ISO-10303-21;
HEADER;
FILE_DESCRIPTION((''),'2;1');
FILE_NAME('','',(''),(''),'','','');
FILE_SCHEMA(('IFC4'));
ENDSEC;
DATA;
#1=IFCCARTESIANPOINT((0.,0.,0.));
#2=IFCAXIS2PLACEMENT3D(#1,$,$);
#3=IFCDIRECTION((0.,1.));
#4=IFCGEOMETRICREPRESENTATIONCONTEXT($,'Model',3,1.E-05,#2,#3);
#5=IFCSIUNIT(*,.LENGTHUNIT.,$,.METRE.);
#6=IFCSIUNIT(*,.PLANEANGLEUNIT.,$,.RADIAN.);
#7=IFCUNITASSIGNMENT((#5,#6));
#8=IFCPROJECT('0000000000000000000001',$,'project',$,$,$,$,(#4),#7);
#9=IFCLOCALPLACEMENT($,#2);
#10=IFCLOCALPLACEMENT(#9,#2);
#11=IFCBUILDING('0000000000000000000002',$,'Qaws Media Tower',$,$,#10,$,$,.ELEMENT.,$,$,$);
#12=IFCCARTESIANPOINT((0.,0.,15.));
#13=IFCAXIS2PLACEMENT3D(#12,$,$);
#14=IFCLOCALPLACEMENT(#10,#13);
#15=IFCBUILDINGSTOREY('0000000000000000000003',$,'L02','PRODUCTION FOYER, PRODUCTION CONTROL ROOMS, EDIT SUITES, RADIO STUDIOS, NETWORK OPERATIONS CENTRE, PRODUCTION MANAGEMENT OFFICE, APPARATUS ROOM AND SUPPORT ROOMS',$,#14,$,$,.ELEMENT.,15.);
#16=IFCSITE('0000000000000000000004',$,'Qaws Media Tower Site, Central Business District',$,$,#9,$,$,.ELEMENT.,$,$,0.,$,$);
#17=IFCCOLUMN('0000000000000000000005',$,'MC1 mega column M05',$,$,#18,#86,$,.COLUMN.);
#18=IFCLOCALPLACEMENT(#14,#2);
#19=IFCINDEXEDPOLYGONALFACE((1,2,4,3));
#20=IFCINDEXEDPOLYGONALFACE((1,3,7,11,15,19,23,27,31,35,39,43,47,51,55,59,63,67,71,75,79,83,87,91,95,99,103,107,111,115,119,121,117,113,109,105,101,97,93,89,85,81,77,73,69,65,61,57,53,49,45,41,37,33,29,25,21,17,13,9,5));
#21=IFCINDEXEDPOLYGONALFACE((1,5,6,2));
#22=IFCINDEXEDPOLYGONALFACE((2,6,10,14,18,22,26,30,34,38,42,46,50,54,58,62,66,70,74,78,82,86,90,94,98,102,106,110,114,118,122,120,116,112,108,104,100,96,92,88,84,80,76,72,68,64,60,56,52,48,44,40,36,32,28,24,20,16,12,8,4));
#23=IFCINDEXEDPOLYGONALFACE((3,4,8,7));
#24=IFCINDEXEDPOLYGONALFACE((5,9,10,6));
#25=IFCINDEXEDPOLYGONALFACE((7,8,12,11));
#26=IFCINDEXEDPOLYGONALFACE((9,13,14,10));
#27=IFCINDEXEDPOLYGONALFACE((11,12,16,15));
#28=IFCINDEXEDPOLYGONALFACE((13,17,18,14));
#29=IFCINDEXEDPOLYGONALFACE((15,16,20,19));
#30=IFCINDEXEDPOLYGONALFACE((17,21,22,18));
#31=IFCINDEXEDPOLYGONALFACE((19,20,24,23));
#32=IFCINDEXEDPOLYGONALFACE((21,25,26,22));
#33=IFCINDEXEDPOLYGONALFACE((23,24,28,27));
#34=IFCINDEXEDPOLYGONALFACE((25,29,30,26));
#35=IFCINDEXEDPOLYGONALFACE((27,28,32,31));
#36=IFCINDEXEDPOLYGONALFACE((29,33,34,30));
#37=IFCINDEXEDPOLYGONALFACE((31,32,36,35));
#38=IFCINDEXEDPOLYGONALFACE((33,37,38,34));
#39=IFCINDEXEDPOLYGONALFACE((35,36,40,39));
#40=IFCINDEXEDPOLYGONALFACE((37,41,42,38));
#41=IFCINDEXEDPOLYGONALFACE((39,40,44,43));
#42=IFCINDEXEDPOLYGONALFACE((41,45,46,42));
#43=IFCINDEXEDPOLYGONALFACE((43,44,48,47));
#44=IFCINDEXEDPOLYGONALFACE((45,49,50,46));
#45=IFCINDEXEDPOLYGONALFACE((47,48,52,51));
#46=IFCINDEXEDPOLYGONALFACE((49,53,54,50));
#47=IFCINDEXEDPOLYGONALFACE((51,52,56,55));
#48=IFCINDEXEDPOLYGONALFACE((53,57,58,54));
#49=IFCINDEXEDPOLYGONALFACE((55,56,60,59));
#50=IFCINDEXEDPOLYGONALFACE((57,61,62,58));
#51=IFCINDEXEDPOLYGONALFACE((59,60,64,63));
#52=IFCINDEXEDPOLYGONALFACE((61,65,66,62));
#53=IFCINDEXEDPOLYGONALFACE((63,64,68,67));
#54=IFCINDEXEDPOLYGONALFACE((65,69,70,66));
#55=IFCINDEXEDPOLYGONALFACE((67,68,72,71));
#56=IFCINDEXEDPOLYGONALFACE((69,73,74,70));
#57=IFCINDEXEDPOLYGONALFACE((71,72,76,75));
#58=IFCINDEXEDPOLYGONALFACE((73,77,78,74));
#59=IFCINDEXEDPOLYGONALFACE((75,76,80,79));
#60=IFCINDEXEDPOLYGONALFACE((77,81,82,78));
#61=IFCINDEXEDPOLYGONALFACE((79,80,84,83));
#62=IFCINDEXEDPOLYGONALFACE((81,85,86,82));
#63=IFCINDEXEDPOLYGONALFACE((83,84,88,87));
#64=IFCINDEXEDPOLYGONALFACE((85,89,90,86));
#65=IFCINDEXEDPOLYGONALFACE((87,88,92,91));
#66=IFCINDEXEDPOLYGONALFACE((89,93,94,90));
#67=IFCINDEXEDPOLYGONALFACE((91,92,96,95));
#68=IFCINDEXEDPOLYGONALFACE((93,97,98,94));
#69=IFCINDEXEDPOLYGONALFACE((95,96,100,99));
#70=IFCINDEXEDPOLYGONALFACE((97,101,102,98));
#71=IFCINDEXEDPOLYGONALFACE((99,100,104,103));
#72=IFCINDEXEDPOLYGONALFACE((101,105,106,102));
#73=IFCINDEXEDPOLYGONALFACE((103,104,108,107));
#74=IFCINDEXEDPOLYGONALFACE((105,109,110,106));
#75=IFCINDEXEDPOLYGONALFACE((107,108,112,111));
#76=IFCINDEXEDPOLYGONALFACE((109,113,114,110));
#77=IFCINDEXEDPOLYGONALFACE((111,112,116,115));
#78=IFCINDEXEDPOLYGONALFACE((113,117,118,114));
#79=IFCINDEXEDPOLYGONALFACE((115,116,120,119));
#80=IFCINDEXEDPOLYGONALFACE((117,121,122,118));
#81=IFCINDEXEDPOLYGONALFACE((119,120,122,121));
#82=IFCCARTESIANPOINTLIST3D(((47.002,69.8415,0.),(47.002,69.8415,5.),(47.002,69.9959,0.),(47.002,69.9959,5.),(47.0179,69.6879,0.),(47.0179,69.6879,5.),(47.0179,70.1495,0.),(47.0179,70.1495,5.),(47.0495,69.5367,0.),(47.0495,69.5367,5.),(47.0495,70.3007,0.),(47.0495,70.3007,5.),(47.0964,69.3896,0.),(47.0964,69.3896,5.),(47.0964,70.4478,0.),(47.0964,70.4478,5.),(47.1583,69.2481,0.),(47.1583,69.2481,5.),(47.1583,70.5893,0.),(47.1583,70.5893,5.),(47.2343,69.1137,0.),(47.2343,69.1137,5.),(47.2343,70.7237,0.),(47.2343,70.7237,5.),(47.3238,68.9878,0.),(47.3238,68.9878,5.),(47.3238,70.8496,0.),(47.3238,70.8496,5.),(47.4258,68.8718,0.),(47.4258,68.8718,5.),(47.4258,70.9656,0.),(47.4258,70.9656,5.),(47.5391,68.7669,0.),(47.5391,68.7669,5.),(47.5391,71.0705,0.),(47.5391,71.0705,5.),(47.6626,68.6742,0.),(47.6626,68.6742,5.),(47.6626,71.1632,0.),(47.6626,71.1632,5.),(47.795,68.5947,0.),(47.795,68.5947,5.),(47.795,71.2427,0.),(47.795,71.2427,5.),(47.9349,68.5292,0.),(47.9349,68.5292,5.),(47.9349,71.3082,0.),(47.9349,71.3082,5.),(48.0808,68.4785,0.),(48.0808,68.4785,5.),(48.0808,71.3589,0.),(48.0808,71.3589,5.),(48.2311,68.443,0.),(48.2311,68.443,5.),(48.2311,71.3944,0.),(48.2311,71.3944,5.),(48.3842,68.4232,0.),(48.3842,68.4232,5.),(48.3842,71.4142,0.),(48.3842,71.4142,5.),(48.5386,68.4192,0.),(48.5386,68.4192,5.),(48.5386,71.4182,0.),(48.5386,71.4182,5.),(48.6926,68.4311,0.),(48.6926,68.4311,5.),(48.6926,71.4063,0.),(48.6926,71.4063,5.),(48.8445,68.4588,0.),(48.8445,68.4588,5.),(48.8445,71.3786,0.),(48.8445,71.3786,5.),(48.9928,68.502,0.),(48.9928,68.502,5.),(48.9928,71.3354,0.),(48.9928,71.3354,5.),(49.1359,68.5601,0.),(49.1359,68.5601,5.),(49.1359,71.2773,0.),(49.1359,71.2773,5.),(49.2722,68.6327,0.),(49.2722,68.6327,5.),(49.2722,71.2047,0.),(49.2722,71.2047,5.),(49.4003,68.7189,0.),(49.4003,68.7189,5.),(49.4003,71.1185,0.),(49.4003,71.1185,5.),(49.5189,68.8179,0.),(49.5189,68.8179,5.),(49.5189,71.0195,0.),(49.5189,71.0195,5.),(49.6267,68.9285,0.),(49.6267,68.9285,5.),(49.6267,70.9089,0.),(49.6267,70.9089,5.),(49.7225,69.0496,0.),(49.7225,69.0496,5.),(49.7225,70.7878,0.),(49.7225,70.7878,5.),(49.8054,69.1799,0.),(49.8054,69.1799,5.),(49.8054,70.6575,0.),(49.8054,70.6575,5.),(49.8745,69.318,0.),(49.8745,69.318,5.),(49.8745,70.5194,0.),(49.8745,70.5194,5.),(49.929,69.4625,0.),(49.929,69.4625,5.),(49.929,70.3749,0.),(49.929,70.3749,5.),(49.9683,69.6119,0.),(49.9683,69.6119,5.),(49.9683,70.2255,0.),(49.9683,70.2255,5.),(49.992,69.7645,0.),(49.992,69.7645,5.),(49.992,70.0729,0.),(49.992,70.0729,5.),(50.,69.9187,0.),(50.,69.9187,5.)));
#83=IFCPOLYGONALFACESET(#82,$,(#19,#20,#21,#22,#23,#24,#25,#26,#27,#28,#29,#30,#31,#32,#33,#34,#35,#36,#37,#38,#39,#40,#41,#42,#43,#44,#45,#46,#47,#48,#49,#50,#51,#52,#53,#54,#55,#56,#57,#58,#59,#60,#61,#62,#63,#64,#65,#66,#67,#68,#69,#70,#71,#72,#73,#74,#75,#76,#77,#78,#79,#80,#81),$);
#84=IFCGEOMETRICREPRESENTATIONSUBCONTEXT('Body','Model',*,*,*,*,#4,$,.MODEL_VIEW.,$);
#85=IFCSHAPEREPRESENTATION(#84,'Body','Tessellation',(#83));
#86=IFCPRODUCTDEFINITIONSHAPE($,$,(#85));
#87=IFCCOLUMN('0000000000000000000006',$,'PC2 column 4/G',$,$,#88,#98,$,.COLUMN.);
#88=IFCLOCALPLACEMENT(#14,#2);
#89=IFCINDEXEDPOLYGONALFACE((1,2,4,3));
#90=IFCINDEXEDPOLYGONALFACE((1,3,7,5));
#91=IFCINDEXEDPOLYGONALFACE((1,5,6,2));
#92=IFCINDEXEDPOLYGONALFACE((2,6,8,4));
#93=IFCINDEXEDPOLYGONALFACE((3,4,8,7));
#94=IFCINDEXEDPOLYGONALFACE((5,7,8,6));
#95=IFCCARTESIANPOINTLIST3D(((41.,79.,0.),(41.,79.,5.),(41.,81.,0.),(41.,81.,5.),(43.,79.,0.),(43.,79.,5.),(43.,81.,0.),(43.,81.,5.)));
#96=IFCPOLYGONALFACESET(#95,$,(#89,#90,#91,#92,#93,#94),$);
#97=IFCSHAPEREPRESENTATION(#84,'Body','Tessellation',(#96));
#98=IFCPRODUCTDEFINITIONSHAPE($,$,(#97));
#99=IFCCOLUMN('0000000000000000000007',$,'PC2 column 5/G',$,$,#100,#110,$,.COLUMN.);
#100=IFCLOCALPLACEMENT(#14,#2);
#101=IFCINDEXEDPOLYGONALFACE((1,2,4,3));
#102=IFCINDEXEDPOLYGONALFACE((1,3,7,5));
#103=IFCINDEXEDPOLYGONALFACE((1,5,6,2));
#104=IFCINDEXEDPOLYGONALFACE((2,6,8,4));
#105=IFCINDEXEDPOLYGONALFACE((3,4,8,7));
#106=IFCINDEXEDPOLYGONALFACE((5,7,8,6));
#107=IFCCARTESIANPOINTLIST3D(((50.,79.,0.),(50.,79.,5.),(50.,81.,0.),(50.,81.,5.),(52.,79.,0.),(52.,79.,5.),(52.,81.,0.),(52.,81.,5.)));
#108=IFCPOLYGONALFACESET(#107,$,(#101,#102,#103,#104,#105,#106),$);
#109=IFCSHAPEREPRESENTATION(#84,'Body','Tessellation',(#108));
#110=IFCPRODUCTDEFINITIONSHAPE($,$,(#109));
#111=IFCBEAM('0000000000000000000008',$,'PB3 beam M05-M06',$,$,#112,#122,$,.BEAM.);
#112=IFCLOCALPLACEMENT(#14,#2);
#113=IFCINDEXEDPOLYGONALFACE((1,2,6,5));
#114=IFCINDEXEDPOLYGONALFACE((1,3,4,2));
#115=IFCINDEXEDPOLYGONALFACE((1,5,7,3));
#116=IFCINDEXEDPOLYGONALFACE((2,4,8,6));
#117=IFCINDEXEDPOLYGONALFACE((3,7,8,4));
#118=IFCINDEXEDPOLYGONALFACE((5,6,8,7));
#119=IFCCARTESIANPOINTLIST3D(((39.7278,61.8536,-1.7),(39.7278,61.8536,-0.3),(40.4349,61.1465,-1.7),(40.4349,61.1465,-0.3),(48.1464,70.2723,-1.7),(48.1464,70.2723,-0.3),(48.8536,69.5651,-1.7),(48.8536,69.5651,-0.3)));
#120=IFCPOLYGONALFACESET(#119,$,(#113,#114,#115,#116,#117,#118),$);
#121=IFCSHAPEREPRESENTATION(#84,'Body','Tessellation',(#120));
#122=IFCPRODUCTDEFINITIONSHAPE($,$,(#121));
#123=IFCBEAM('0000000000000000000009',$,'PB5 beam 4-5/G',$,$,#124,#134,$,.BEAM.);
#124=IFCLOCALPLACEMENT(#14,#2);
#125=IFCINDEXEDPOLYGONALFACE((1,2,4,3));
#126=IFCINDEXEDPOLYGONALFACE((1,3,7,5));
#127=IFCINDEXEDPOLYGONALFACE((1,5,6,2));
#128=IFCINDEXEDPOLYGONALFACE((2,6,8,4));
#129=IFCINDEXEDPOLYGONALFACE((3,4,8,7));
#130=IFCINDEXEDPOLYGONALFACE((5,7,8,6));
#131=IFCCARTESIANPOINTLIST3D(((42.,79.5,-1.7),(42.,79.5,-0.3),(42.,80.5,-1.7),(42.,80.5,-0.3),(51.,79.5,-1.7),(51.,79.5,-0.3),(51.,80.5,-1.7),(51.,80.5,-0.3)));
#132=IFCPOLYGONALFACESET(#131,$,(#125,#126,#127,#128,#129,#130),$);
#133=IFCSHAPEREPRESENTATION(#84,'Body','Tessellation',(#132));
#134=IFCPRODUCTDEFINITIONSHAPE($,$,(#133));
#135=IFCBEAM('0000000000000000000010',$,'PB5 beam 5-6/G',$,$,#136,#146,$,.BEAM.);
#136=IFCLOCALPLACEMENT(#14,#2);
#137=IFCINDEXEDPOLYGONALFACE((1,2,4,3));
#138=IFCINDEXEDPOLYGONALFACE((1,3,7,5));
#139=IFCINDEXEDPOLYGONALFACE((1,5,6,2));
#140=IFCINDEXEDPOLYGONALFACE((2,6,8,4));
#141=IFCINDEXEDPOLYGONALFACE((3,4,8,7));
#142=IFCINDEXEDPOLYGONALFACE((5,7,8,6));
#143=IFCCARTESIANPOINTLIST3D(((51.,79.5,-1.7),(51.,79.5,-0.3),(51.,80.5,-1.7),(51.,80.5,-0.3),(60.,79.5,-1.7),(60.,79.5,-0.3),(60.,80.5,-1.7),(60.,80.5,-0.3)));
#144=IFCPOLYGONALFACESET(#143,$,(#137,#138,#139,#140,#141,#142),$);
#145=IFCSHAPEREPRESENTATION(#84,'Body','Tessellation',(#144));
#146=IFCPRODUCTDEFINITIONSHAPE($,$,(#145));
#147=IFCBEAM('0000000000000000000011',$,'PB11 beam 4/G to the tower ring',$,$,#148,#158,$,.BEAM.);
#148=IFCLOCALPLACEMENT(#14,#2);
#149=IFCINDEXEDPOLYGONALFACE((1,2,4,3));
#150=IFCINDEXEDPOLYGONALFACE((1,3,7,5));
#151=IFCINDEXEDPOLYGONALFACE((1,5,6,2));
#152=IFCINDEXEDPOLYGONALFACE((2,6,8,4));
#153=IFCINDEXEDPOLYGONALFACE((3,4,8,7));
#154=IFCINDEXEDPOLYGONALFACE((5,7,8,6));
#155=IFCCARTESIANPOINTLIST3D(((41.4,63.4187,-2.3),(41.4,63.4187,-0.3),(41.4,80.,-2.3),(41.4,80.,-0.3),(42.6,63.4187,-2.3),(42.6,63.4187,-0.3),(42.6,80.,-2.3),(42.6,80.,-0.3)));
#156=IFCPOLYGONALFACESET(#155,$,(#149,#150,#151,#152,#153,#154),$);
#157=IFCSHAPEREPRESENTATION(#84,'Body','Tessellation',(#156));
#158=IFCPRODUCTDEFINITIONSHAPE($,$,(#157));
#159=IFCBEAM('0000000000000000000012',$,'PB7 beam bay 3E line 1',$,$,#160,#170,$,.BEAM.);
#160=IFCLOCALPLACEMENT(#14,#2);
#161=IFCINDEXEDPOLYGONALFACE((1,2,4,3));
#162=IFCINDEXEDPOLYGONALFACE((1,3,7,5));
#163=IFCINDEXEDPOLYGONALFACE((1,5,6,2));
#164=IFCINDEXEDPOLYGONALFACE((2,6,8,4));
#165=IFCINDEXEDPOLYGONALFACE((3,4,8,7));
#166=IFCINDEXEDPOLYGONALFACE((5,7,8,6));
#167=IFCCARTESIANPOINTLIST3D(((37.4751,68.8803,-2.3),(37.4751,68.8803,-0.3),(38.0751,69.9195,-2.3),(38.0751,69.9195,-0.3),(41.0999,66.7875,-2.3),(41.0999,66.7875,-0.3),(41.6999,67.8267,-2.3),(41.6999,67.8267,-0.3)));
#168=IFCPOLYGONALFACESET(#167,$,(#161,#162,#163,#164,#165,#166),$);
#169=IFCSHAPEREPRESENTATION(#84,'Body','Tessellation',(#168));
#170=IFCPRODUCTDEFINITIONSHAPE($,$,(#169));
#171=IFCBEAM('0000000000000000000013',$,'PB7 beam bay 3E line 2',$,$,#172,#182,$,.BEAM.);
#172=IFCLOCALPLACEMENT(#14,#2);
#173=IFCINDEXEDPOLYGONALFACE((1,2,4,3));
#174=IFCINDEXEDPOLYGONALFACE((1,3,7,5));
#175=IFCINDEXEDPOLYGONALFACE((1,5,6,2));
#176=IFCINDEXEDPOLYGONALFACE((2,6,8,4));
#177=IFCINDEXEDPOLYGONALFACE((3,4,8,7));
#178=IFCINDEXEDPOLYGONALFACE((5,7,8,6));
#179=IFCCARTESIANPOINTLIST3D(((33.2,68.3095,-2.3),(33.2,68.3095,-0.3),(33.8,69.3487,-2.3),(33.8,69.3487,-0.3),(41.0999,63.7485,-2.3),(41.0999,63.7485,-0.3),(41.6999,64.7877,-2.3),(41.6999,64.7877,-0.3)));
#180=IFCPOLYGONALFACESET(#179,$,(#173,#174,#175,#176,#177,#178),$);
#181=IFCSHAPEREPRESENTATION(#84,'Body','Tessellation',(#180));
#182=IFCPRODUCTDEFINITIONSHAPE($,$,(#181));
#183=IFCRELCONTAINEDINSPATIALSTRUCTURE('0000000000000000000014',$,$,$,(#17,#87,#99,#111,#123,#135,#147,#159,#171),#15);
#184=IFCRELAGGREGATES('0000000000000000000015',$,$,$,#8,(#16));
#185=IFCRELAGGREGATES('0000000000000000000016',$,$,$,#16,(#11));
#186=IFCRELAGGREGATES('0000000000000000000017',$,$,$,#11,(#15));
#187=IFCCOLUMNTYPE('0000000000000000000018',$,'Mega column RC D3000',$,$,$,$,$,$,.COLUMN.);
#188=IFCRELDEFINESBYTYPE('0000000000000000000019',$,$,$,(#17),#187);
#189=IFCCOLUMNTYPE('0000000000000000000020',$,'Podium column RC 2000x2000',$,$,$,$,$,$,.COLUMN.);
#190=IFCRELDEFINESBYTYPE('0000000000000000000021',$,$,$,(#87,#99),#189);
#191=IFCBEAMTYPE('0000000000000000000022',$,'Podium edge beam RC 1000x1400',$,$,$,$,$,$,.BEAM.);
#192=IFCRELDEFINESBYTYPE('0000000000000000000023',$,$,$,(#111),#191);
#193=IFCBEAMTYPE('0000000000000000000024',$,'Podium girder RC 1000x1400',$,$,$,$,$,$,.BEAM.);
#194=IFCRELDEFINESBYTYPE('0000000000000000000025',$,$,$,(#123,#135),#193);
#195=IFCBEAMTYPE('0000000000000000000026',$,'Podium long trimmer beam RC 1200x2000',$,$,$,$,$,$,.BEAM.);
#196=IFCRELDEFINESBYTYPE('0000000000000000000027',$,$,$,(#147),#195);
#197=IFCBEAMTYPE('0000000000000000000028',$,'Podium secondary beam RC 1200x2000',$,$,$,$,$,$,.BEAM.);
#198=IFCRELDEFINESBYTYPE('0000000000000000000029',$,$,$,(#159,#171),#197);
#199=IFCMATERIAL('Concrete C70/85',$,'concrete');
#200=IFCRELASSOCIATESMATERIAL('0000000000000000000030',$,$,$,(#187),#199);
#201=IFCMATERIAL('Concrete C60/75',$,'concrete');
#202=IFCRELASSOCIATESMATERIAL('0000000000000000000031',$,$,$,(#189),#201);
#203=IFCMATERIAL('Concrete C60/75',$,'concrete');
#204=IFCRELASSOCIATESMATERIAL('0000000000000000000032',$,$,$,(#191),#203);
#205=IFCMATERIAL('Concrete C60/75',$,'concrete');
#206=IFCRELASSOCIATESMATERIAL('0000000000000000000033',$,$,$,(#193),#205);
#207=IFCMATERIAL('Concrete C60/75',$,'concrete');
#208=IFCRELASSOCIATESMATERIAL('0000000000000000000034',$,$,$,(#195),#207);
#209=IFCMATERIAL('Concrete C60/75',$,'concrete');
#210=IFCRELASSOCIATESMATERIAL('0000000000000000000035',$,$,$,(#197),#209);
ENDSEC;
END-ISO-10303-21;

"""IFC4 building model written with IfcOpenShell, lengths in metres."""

from ifc_helpers import new_model, si_unit, direction, frame, origin, origin_2d, place, context, subcontext, project, spatial, rectangle, circle, extrude, material, material_profile, profile_set, type_object, element, save


model = new_model("IFC4")

# Units and contexts
model_context = context("Model", 3, precision=1e-05, world=origin(), true_north=direction((0.0, 1.0)))
body_context = subcontext(model_context, "Body", "Model", "MODEL_VIEW")
ifc_project = project(units=[si_unit("LENGTHUNIT", "METRE"), si_unit("PLANEANGLEUNIT", "RADIAN")], contexts=[model_context])

# Site, building, storey
site_placement = place(None, origin())
site = spatial("IfcSite", under=ifc_project, at=site_placement, Name="Qaws Media Tower Site, Central Business District", CompositionType="ELEMENT", RefElevation=0.0)
building_placement = place(site_placement, origin())
building = spatial("IfcBuilding", under=site, at=building_placement, Name="Qaws Media Tower", CompositionType="ELEMENT")
storey_placement = place(building_placement, frame((0.0, 0.0, 15.0)))
storey = spatial("IfcBuildingStorey", under=building, at=storey_placement, Name="L02", Description="PRODUCTION FOYER, PRODUCTION CONTROL ROOMS, EDIT SUITES, RADIO STUDIOS, NETWORK OPERATIONS CENTRE, PRODUCTION MANAGEMENT OFFICE, APPARATUS ROOM AND SUPPORT ROOMS", CompositionType="ELEMENT", Elevation=15.0)

# Columns
ifc_material_1 = material(Name="Concrete C70/85", Category="concrete")
ifc_material_profile_1 = material_profile(ifc_material_1, circle(Radius=1.5, at=origin_2d()), Name="RC D3000")
ifc_profile_set_1 = profile_set([ifc_material_profile_1], Name="Concrete C70/85")
column_type_1 = type_object("IfcColumnType", Name="Mega column RC D3000", PredefinedType="COLUMN", material=ifc_profile_set_1)
column_placement = place(storey_placement, frame((48.5, 69.9187, 0.0), z_axis=(0.0, 0.0, 1.0), x_axis=(1.0, 0.0, 0.0)))
element("IfcColumn", 1, at=column_placement, inside=storey, type_object=column_type_1, Name="MC1 mega column M05", PredefinedType="COLUMN", context=body_context, shape_type="SweptSolid", body=[
    extrude(circle(Radius=1.5, at=origin_2d()), origin(), (0.0, 0.0, 1.0), 5.0),
])
ifc_material_2 = material(Name="Concrete C60/75", Category="concrete")
ifc_material_profile_2 = material_profile(ifc_material_2, rectangle(XDim=2.0, YDim=2.0, at=origin_2d()), Name="RC 2000x2000")
ifc_profile_set_2 = profile_set([ifc_material_profile_2], Name="Concrete C60/75")
column_type_2 = type_object("IfcColumnType", Name="Podium column RC 2000x2000", PredefinedType="COLUMN", material=ifc_profile_set_2)
for number, where, z_axis, x_axis, name in (
    (2, (42.0, 80.0, 0.0), (0.0, 0.0, 1.0), (1.0, 0.0, 0.0), "PC2 column 4/G"),
    (3, (51.0, 80.0, 0.0), (0.0, 0.0, 1.0), (1.0, 0.0, 0.0), "PC2 column 5/G"),
):
    element("IfcColumn", number, at=place(storey_placement, frame(where, z_axis=z_axis, x_axis=x_axis)), inside=storey, type_object=column_type_2, Name=name, PredefinedType="COLUMN", context=body_context, shape_type="SweptSolid", body=[
        extrude(rectangle(XDim=2.0, YDim=2.0, at=origin_2d()), origin(), (0.0, 0.0, 1.0), 5.0),
    ])

# Beams
ifc_material_3 = material(Name="Concrete C60/75", Category="concrete")
ifc_material_profile_3 = material_profile(ifc_material_3, rectangle(XDim=1.0, YDim=1.3999, at=origin_2d()), Name="RC 1000x1400")
ifc_profile_set_3 = profile_set([ifc_material_profile_3], Name="Concrete C60/75")
beam_type_1 = type_object("IfcBeamType", Name="Podium edge beam RC 1000x1400", PredefinedType="BEAM", material=ifc_profile_set_3)
beam_1_placement = place(storey_placement, frame((48.5, 69.9187, -1.0), z_axis=(-0.707107, -0.707107, 0.0), x_axis=(0.707107, -0.707107, 0.0)))
element("IfcBeam", 4, at=beam_1_placement, inside=storey, type_object=beam_type_1, Name="PB3 beam M05-M06", PredefinedType="BEAM", context=body_context, shape_type="SweptSolid", body=[
    extrude(rectangle(XDim=1.0, YDim=1.3999, at=origin_2d()), origin(), (0.0, 0.0, 1.0), 11.9058),
])
ifc_material_4 = material(Name="Concrete C60/75", Category="concrete")
ifc_material_profile_4 = material_profile(ifc_material_4, rectangle(XDim=1.0, YDim=1.3999, at=origin_2d()), Name="RC 1000x1400")
ifc_profile_set_4 = profile_set([ifc_material_profile_4], Name="Concrete C60/75")
beam_type_2 = type_object("IfcBeamType", Name="Podium girder RC 1000x1400", PredefinedType="BEAM", material=ifc_profile_set_4)
for number, where, z_axis, x_axis, name in (
    (5, (42.0, 80.0, -1.0), (1.0, 0.0, 0.0), (0.0, 1.0, 0.0), "PB5 beam 4-5/G"),
    (6, (51.0, 80.0, -1.0), (1.0, 0.0, 0.0), (0.0, 1.0, 0.0), "PB5 beam 5-6/G"),
):
    element("IfcBeam", number, at=place(storey_placement, frame(where, z_axis=z_axis, x_axis=x_axis)), inside=storey, type_object=beam_type_2, Name=name, PredefinedType="BEAM", context=body_context, shape_type="SweptSolid", body=[
        extrude(rectangle(XDim=1.0, YDim=1.3999, at=origin_2d()), origin(), (0.0, 0.0, 1.0), 9.0),
    ])
ifc_material_5 = material(Name="Concrete C60/75", Category="concrete")
ifc_material_profile_5 = material_profile(ifc_material_5, rectangle(XDim=1.2, YDim=2.0, at=origin_2d()), Name="RC 1200x2000")
ifc_profile_set_5 = profile_set([ifc_material_profile_5], Name="Concrete C60/75")
beam_type_3 = type_object("IfcBeamType", Name="Podium long trimmer beam RC 1200x2000", PredefinedType="BEAM", material=ifc_profile_set_5)
beam_2_placement = place(storey_placement, frame((42.0, 80.0, -1.3), z_axis=(0.0, -1.0, 0.0), x_axis=(1.0, 0.0, 0.0)))
element("IfcBeam", 7, at=beam_2_placement, inside=storey, type_object=beam_type_3, Name="PB11 beam 4/G to the tower ring", PredefinedType="BEAM", context=body_context, shape_type="SweptSolid", body=[
    extrude(rectangle(XDim=1.2, YDim=2.0, at=origin_2d()), origin(), (0.0, 0.0, 1.0), 16.5813),
])
ifc_material_6 = material(Name="Concrete C60/75", Category="concrete")
ifc_material_profile_6 = material_profile(ifc_material_6, rectangle(XDim=1.2, YDim=2.0, at=origin_2d()), Name="RC 1200x2000")
ifc_profile_set_6 = profile_set([ifc_material_profile_6], Name="Concrete C60/75")
beam_type_4 = type_object("IfcBeamType", Name="Podium secondary beam RC 1200x2000", PredefinedType="BEAM", material=ifc_profile_set_6)
beam_3_placement = place(storey_placement, frame((41.3999, 67.3071, -1.3), z_axis=(-0.866023, 0.500004, 0.0), x_axis=(-0.500004, -0.866023, 0.0)))
element("IfcBeam", 8, at=beam_3_placement, inside=storey, type_object=beam_type_4, Name="PB7 beam bay 3E line 1", PredefinedType="BEAM", context=body_context, shape_type="SweptSolid", body=[
    extrude(rectangle(XDim=1.2, YDim=2.0, at=origin_2d()), origin(), (0.0, 0.0, 1.0), 4.1855),
])
beam_4_placement = place(storey_placement, frame((41.3999, 64.2681, -1.3), z_axis=(-0.866024, 0.500002, 0.0), x_axis=(-0.500002, -0.866024, 0.0)))
element("IfcBeam", 9, at=beam_4_placement, inside=storey, type_object=beam_type_4, Name="PB7 beam bay 3E line 2", PredefinedType="BEAM", context=body_context, shape_type="SweptSolid", body=[
    extrude(rectangle(XDim=1.2, YDim=2.0, at=origin_2d()), origin(), (0.0, 0.0, 1.0), 9.1221),
])

save(model, "model.ifc")
